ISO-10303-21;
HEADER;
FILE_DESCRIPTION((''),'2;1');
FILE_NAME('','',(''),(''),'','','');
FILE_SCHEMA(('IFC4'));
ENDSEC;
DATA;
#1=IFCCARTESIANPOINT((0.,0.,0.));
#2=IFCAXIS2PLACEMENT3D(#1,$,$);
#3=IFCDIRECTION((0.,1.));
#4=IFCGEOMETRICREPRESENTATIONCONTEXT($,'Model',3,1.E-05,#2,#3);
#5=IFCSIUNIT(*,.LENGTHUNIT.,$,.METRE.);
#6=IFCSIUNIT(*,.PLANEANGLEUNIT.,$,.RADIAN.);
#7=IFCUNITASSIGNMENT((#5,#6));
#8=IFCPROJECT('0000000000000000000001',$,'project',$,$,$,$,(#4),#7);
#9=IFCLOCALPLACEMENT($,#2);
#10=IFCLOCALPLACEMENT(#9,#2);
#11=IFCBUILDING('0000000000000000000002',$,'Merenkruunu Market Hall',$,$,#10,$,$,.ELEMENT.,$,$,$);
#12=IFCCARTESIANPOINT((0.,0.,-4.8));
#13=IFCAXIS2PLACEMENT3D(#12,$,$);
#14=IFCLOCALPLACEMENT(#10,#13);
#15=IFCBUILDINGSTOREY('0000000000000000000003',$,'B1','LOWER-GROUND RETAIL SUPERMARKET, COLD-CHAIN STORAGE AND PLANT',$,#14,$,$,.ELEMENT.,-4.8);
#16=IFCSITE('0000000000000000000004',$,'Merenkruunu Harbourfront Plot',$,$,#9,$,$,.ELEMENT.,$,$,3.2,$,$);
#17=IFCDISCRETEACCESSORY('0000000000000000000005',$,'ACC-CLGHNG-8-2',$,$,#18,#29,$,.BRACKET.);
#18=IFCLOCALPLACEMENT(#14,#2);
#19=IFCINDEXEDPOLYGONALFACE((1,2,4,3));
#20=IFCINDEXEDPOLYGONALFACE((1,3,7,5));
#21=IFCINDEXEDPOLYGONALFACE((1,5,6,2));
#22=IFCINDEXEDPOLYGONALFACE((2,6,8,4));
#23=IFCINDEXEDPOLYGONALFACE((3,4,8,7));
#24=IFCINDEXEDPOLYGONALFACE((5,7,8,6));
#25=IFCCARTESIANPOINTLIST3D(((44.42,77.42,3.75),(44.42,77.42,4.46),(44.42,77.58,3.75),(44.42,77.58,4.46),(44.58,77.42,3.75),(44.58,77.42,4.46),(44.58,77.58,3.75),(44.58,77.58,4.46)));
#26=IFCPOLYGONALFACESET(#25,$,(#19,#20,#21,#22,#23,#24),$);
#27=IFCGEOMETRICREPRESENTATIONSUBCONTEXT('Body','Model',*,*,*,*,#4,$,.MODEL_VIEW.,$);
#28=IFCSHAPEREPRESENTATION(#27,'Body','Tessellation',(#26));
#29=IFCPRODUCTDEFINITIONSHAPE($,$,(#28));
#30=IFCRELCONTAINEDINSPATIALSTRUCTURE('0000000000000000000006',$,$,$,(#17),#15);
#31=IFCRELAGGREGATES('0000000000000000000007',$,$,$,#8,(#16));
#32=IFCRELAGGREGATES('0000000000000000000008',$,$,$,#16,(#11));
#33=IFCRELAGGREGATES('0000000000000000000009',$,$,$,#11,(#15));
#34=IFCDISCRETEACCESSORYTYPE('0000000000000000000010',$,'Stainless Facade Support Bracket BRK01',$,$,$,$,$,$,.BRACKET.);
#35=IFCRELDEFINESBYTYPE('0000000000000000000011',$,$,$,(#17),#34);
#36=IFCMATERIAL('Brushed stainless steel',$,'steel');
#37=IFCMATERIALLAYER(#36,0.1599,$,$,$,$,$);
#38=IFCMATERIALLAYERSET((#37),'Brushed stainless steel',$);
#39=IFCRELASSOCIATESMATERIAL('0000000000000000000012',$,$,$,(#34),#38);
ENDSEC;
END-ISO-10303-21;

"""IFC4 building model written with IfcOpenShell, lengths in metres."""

from ifc_helpers import new_model, si_unit, direction, frame, origin, origin_2d, place, context, subcontext, project, spatial, rectangle, extrude, material, layer, layer_set, type_object, element, save


model = new_model("IFC4")

# Units and contexts
model_context = context("Model", 3, precision=1e-05, world=origin(), true_north=direction((0.0, 1.0)))
body_context = subcontext(model_context, "Body", "Model", "MODEL_VIEW")
ifc_project = project(units=[si_unit("LENGTHUNIT", "METRE"), si_unit("PLANEANGLEUNIT", "RADIAN")], contexts=[model_context])

# Site, building, storey
site_placement = place(None, origin())
site = spatial("IfcSite", under=ifc_project, at=site_placement, Name="Merenkruunu Harbourfront Plot", CompositionType="ELEMENT", RefElevation=3.2)
building_placement = place(site_placement, origin())
building = spatial("IfcBuilding", under=site, at=building_placement, Name="Merenkruunu Market Hall", CompositionType="ELEMENT")
storey_placement = place(building_placement, frame((0.0, 0.0, -4.8)))
storey = spatial("IfcBuildingStorey", under=building, at=storey_placement, Name="B1", Description="LOWER-GROUND RETAIL SUPERMARKET, COLD-CHAIN STORAGE AND PLANT", CompositionType="ELEMENT", Elevation=-4.8)

# Shared definitions
ifc_material_1 = material(Name="Brushed stainless steel", Category="steel")

# Discrete accessory
ifc_layer_1 = layer(ifc_material_1, 0.1599)
ifc_layer_set_1 = layer_set([ifc_layer_1], Name="Brushed stainless steel")
discrete_accessory_type = type_object("IfcDiscreteAccessoryType", Name="Stainless Facade Support Bracket BRK01", PredefinedType="BRACKET", material=ifc_layer_set_1)
discrete_accessory_placement = place(storey_placement, frame((44.5, 77.5, 3.75), z_axis=(0.0, 0.0, 1.0), x_axis=(1.0, 0.0, 0.0)))
element("IfcDiscreteAccessory", 1, at=discrete_accessory_placement, inside=storey, type_object=discrete_accessory_type, Name="ACC-CLGHNG-8-2", PredefinedType="BRACKET", context=body_context, shape_type="SweptSolid", body=[
    extrude(rectangle(XDim=0.1599, YDim=0.1599, at=origin_2d()), origin(), (0.0, 0.0, 1.0), 0.71),
])

save(model, "model.ifc")
